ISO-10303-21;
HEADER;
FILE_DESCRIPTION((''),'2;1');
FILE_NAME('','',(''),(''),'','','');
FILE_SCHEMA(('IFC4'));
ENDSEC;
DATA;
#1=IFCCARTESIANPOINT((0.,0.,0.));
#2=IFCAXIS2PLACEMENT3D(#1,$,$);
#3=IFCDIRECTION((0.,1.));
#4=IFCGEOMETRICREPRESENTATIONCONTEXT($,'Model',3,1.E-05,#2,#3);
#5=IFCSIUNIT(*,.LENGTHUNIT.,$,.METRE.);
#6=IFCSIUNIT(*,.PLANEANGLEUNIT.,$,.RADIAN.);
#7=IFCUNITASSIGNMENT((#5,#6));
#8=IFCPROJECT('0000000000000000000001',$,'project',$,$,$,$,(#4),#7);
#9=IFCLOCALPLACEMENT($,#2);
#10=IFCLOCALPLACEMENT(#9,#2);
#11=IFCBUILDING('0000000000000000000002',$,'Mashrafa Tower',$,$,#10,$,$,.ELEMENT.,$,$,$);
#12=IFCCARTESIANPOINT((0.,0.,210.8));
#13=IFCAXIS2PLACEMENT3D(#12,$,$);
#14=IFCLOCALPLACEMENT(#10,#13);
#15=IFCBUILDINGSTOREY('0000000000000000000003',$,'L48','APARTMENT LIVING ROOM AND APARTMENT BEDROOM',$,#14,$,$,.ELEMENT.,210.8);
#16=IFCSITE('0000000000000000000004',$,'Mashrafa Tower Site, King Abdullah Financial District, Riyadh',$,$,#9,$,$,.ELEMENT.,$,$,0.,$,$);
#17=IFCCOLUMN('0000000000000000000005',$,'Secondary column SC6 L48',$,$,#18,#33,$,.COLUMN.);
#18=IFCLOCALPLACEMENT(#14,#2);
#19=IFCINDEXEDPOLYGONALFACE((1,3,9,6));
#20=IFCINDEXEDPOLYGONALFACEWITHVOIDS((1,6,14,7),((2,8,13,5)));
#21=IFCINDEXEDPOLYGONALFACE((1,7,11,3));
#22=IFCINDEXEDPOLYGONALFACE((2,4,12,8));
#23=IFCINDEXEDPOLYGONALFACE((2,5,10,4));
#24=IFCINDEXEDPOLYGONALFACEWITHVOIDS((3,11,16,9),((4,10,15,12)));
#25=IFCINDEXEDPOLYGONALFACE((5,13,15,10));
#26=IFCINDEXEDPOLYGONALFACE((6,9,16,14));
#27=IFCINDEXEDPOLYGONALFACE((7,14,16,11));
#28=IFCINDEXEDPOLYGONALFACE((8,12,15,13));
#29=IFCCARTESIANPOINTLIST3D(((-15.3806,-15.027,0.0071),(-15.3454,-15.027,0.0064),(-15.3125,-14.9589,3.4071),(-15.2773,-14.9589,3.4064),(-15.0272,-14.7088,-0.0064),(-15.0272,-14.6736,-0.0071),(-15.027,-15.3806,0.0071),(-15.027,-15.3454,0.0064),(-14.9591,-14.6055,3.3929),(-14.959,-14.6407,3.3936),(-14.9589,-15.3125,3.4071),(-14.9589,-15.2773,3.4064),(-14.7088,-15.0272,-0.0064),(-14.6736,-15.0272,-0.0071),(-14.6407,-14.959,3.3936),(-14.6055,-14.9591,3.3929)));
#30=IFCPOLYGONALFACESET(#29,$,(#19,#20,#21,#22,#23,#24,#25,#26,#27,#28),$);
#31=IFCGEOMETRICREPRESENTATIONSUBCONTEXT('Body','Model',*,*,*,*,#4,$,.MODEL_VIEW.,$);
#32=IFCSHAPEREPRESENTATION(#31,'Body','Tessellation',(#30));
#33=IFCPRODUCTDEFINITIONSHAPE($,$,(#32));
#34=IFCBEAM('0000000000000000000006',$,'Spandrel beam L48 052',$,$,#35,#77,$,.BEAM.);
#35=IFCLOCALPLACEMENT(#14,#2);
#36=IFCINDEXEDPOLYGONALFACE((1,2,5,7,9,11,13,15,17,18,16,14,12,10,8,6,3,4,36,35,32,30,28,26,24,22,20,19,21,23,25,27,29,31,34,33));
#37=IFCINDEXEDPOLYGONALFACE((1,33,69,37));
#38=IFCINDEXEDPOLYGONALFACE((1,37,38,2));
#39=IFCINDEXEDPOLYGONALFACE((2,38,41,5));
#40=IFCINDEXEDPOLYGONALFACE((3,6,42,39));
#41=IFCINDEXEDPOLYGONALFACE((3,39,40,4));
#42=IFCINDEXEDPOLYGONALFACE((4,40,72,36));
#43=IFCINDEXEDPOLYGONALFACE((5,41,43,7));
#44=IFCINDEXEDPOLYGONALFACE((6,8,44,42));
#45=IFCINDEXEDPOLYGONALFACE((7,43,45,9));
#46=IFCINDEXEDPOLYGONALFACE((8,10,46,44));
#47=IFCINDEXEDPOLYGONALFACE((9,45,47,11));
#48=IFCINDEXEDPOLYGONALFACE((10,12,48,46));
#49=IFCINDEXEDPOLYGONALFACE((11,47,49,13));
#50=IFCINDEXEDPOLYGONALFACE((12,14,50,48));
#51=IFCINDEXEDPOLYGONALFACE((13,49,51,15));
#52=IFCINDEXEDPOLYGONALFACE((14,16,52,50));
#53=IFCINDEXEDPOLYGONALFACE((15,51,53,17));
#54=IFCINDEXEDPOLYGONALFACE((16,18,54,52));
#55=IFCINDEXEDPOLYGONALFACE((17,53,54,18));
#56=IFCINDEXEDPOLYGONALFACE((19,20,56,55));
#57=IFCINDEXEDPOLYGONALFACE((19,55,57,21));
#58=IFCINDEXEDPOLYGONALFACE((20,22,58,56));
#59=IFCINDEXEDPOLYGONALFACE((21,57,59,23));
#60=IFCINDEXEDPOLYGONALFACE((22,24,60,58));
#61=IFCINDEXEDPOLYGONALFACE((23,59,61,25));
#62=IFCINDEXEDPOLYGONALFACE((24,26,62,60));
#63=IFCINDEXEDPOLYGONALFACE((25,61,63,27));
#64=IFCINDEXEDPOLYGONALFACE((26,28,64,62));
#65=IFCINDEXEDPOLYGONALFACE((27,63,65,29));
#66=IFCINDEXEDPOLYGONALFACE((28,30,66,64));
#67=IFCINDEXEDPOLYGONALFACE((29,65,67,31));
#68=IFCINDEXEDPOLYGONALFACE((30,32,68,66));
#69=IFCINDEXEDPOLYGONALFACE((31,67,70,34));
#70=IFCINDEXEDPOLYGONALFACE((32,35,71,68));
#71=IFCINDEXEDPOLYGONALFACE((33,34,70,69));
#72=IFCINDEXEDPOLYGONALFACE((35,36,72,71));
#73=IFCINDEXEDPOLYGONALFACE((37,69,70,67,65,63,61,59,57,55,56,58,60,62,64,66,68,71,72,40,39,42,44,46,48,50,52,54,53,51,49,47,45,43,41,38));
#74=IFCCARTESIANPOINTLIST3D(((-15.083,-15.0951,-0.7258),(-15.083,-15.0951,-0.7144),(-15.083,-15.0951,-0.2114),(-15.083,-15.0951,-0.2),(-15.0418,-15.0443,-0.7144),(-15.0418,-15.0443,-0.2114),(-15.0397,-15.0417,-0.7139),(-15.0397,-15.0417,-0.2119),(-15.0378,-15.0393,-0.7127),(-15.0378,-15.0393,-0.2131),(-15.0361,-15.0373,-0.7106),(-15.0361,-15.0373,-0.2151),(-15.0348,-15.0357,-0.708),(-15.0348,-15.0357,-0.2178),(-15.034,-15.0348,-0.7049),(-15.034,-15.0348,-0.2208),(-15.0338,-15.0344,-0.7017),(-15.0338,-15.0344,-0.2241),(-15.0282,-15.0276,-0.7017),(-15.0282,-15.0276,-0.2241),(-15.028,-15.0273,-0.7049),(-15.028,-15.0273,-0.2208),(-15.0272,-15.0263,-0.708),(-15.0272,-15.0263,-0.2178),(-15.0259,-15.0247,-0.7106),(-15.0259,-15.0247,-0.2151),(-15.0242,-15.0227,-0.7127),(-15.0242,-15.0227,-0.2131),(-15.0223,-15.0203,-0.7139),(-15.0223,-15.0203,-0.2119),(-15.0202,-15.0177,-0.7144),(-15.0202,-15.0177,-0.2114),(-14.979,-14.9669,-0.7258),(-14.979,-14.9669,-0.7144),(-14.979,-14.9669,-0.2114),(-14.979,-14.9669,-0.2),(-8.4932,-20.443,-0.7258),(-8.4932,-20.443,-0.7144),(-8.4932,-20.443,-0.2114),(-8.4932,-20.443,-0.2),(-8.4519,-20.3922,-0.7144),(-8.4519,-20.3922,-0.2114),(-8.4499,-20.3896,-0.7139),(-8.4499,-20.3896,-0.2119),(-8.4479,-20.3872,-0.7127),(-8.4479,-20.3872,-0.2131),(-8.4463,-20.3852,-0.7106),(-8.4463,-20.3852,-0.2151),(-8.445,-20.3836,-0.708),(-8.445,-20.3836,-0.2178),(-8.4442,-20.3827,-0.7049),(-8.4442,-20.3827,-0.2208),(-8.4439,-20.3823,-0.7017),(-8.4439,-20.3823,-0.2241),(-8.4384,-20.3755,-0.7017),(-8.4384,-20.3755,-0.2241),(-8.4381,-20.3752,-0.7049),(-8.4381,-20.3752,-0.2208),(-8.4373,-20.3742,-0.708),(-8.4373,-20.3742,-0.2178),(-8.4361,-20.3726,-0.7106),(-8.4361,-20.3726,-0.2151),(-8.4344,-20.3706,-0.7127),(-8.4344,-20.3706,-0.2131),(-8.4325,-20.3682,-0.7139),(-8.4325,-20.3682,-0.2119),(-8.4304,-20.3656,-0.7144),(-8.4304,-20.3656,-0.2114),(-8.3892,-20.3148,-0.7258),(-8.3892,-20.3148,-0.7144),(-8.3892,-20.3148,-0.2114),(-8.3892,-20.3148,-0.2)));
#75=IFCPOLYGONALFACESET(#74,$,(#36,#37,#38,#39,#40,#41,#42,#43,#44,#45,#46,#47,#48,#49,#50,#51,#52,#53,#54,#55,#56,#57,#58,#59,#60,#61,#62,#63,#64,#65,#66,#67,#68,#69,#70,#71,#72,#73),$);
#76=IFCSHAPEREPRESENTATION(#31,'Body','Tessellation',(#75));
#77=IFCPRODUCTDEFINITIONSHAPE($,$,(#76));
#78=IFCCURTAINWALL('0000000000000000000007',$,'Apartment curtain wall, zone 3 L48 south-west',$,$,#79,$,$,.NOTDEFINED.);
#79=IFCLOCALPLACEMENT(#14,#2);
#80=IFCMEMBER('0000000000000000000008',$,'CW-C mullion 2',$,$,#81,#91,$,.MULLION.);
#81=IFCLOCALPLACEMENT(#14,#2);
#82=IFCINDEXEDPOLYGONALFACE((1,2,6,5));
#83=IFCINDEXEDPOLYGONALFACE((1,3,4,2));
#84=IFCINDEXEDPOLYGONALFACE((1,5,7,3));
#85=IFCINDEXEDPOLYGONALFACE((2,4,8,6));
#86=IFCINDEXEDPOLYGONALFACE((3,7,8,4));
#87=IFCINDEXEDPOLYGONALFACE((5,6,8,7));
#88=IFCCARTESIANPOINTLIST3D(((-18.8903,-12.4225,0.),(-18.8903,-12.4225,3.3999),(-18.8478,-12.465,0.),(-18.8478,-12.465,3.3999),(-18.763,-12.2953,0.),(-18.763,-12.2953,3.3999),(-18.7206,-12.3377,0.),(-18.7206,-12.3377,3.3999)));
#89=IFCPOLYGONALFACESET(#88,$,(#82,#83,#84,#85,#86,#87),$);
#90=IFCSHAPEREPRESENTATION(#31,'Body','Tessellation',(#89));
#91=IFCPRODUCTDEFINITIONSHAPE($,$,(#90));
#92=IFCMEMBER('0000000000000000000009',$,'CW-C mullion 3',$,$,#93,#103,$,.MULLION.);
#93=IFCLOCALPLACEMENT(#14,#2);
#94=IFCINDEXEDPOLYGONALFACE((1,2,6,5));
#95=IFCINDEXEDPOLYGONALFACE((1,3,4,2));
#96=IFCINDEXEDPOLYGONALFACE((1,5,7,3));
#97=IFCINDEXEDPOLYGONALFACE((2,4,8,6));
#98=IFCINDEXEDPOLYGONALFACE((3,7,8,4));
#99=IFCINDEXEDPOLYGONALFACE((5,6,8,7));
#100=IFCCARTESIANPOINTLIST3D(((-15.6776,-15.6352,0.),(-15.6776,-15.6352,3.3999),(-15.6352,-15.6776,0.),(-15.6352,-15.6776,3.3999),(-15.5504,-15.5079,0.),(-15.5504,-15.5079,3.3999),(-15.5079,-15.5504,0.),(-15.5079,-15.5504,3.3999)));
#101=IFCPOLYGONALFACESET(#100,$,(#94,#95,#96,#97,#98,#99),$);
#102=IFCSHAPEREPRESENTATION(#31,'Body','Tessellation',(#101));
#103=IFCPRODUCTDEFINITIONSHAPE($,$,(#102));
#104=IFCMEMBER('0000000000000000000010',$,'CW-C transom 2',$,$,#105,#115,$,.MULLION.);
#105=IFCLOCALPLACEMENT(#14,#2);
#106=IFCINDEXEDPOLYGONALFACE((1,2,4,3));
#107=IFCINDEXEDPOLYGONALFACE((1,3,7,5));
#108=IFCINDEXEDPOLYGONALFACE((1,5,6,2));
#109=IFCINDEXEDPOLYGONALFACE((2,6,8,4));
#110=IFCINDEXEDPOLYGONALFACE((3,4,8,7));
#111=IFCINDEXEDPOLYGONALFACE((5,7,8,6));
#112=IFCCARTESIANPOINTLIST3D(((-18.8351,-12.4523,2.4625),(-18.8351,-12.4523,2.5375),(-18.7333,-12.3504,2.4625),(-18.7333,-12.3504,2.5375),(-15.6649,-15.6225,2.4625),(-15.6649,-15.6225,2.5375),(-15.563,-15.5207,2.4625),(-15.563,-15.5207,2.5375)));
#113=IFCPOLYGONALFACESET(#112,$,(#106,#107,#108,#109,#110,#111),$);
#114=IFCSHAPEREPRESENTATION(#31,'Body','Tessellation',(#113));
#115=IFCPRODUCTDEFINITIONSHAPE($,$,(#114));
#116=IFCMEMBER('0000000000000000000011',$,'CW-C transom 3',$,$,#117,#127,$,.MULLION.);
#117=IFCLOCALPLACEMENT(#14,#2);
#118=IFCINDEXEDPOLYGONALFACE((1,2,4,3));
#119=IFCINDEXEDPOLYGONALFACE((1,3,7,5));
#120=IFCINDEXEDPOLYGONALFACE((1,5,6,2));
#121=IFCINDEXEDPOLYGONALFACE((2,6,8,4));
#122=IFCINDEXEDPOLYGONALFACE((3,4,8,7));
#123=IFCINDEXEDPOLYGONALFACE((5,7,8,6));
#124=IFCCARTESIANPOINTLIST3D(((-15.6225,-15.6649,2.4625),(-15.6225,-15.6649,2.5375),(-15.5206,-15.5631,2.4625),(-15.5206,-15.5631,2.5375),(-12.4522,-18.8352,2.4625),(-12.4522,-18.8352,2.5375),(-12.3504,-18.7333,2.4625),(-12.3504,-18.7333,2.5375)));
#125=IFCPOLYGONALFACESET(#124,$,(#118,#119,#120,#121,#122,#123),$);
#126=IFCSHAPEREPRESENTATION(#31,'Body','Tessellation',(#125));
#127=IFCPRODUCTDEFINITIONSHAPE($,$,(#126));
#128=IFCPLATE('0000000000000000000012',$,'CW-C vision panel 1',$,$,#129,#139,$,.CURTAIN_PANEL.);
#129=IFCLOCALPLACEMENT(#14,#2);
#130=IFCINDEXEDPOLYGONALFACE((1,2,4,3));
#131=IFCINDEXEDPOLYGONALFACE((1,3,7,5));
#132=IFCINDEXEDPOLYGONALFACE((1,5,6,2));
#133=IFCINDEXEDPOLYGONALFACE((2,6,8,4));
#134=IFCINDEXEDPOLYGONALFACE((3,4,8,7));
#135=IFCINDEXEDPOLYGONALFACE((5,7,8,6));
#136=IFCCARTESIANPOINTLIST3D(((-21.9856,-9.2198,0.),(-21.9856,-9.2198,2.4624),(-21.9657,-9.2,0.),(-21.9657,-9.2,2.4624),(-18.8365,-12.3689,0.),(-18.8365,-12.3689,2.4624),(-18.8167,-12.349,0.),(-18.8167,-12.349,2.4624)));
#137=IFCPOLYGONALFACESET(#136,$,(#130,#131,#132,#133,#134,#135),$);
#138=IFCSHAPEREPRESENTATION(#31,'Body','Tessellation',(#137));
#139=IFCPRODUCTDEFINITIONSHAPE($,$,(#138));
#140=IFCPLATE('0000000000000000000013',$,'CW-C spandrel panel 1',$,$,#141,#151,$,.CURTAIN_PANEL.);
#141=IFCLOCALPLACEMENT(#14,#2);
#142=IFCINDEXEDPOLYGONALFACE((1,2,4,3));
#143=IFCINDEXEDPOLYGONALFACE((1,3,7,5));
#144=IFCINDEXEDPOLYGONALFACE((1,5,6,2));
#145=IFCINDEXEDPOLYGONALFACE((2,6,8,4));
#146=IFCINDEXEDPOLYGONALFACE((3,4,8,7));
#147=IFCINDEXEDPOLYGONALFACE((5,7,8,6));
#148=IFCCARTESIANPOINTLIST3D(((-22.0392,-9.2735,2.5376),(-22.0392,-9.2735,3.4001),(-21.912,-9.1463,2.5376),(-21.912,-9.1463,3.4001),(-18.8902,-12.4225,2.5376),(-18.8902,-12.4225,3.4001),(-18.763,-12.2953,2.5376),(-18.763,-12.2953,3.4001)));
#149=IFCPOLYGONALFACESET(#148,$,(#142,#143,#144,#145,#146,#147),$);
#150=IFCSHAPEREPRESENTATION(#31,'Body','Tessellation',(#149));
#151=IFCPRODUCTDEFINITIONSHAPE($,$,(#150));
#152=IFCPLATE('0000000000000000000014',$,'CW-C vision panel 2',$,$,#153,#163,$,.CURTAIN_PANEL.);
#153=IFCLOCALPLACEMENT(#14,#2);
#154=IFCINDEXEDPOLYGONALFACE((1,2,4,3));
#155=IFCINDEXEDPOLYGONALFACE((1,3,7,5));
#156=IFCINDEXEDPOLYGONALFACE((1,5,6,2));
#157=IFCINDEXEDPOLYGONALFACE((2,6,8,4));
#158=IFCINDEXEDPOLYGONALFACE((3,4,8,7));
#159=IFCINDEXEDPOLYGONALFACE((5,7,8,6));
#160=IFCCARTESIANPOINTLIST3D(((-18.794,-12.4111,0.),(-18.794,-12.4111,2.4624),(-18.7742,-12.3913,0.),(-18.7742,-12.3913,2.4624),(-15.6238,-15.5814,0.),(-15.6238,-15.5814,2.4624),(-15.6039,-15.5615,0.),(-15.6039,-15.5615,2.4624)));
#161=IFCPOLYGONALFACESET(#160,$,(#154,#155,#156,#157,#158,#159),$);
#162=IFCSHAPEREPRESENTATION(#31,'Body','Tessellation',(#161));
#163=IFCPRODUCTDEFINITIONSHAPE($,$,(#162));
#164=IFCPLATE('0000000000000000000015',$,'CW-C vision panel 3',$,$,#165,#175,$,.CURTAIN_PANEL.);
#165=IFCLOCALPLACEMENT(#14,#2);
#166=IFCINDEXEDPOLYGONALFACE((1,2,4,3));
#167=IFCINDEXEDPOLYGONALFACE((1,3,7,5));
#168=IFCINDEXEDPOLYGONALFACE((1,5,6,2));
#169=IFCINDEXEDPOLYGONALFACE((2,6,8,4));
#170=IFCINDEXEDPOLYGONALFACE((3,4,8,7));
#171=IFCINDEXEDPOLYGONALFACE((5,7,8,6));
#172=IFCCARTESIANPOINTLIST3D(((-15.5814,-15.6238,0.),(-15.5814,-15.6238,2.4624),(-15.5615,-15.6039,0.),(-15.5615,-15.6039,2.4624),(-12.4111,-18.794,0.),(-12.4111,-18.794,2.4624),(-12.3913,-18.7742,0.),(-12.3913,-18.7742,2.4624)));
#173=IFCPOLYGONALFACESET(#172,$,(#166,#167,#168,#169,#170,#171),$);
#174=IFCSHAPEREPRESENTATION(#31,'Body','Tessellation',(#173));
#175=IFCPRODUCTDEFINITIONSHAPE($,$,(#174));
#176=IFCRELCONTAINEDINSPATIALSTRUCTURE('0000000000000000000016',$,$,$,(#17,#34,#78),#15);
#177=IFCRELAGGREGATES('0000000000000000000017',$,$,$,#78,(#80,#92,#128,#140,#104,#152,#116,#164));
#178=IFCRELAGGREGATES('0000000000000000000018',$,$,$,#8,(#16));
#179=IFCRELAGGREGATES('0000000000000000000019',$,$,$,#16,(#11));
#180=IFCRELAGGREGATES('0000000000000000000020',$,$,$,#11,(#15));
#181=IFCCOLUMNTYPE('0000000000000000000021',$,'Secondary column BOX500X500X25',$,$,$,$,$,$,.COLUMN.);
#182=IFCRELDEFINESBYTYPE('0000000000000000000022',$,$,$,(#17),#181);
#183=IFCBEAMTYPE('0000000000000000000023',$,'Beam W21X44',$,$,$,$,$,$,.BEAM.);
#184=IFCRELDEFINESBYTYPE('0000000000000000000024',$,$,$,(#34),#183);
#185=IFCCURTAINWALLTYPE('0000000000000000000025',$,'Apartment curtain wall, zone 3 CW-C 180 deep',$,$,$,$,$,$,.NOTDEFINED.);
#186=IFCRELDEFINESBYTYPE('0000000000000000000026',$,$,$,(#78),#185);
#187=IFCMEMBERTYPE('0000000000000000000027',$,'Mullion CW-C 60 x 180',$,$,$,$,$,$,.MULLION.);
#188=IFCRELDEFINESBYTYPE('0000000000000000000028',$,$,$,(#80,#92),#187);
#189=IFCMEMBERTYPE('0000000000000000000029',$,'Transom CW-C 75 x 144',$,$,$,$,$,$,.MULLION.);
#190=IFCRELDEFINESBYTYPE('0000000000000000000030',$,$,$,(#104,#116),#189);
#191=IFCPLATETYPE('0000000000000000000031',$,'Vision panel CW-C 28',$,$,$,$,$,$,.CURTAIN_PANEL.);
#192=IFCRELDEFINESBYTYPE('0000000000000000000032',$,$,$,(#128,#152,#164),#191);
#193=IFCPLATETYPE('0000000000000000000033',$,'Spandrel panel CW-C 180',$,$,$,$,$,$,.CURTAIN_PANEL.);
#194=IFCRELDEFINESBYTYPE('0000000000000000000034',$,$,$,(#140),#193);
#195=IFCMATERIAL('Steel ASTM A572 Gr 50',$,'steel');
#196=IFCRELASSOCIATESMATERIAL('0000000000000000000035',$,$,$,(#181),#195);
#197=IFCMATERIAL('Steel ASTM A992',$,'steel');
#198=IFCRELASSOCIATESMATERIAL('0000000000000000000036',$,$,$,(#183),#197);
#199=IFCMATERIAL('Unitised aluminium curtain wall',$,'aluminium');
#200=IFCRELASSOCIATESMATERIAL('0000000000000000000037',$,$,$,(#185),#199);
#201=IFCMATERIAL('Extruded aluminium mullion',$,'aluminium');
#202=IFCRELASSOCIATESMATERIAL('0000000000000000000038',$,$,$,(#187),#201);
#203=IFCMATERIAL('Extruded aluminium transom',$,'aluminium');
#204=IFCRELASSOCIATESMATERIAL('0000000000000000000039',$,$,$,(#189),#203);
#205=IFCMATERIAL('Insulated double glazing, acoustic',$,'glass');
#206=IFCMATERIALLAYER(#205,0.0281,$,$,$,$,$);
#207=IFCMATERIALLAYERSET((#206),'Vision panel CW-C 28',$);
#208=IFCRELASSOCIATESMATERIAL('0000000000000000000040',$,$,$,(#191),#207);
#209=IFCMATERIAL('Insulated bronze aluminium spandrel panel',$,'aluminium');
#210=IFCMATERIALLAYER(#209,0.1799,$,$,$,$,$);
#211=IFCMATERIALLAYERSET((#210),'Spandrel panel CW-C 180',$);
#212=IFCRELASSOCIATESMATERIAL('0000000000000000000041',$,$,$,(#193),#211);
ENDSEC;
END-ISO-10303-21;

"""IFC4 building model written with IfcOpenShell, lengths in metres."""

from ifc_helpers import new_model, si_unit, direction, frame, origin, origin_2d, place, context, subcontext, project, spatial, rectangle, hollow_rectangle, i_section, extrude, source, transform, mapped, material, layer, layer_set, material_profile, profile_set, type_object, type_shapes, element, aggregate, save


model = new_model("IFC4")

# Units and contexts
model_context = context("Model", 3, precision=1e-05, world=origin(), true_north=direction((0.0, 1.0)))
body_context = subcontext(model_context, "Body", "Model", "MODEL_VIEW")
ifc_project = project(units=[si_unit("LENGTHUNIT", "METRE"), si_unit("PLANEANGLEUNIT", "RADIAN")], contexts=[model_context])

# Site, building, storey
site_placement = place(None, origin())
site = spatial("IfcSite", under=ifc_project, at=site_placement, Name="Mashrafa Tower Site, King Abdullah Financial District, Riyadh", CompositionType="ELEMENT", RefElevation=0.0)
building_placement = place(site_placement, origin())
building = spatial("IfcBuilding", under=site, at=building_placement, Name="Mashrafa Tower", CompositionType="ELEMENT")
storey_placement = place(building_placement, frame((0.0, 0.0, 210.8)))
storey = spatial("IfcBuildingStorey", under=building, at=storey_placement, Name="L48", Description="APARTMENT LIVING ROOM AND APARTMENT BEDROOM", CompositionType="ELEMENT", Elevation=210.8)

# Column
ifc_material_1 = material(Name="Steel ASTM A572 Gr 50", Category="steel")
ifc_material_profile_1 = material_profile(ifc_material_1, hollow_rectangle(XDim=0.5, YDim=0.5, WallThickness=0.0249, at=origin_2d()), Name="BOX500X500X25")
ifc_profile_set_1 = profile_set([ifc_material_profile_1], Name="Steel ASTM A572 Gr 50")
column_type = type_object("IfcColumnType", Name="Secondary column BOX500X500X25", PredefinedType="COLUMN", material=ifc_profile_set_1)
column_placement = place(storey_placement, frame((-15.0271, -15.0271, 0.0), z_axis=(0.020026, 0.020026, 0.999599), x_axis=(-0.707107, 0.707107, 0.0)))
element("IfcColumn", 1, at=column_placement, inside=storey, type_object=column_type, Name="Secondary column SC6 L48", PredefinedType="COLUMN", context=body_context, shape_type="SweptSolid", body=[
    extrude(hollow_rectangle(XDim=0.5, YDim=0.5, WallThickness=0.0249, at=origin_2d()), origin(), (0.0, 0.0, 1.0), 3.4014),
])

# Beam
ifc_material_2 = material(Name="Steel ASTM A992", Category="steel")
ifc_material_profile_2 = material_profile(ifc_material_2, i_section(OverallWidth=0.165, OverallDepth=0.5259, WebThickness=0.0088, FlangeThickness=0.0115, FilletRadius=0.0127, at=origin_2d()), Name="W21X44")
ifc_profile_set_2 = profile_set([ifc_material_profile_2], Name="Steel ASTM A992")
beam_type = type_object("IfcBeamType", Name="Beam W21X44", PredefinedType="BEAM", material=ifc_profile_set_2)
beam_placement = place(storey_placement, frame((-15.031, -15.031, -0.4629), z_axis=(0.77648, -0.630142, 0.0), x_axis=(0.630142, 0.77648, 0.0)))
element("IfcBeam", 2, at=beam_placement, inside=storey, type_object=beam_type, Name="Spandrel beam L48 052", PredefinedType="BEAM", context=body_context, shape_type="SweptSolid", body=[
    extrude(i_section(OverallWidth=0.165, OverallDepth=0.5259, WebThickness=0.0088, FlangeThickness=0.0115, FilletRadius=0.0127, at=origin_2d()), origin(), (0.0, 0.0, 1.0), 8.4868),
])

# Curtain wall, members, plates
ifc_material_3 = material(Name="Unitised aluminium curtain wall", Category="aluminium")
curtain_wall_type = type_object("IfcCurtainWallType", Name="Apartment curtain wall, zone 3 CW-C 180 deep", PredefinedType="NOTDEFINED", material=ifc_material_3)
curtain_wall_placement = place(storey_placement, origin())
curtain_wall = element("IfcCurtainWall", 3, at=curtain_wall_placement, inside=storey, type_object=curtain_wall_type, Name="Apartment curtain wall, zone 3 L48 south-west", PredefinedType="NOTDEFINED")
ifc_material_4 = material(Name="Extruded aluminium mullion", Category="aluminium")
ifc_material_profile_3 = material_profile(ifc_material_4, rectangle(XDim=0.1799, YDim=0.0601, at=origin_2d()), Name="Mullion 60x180")
ifc_profile_set_3 = profile_set([ifc_material_profile_3], Name="Extruded aluminium mullion")
member_type_1 = type_object("IfcMemberType", Name="Mullion CW-C 60 x 180", PredefinedType="MULLION", material=ifc_profile_set_3)
shared_shape_1 = source(origin(), body_context, "Body", "SweptSolid", [
    extrude(rectangle(XDim=0.1799, YDim=0.0601, at=origin_2d()), origin(), (0.0, 0.0, 1.0), 3.3999),
])
type_shapes(member_type_1, [shared_shape_1])
member_1_placement = place(storey_placement, frame((-18.8054, -12.3801, 0.0), z_axis=(0.0, 0.0, 1.0), x_axis=(0.707107, 0.707107, 0.0)))
member_1 = element("IfcMember", 4, at=member_1_placement, type_object=member_type_1, Name="CW-C mullion 2", PredefinedType="MULLION", context=body_context, shape_type="MappedRepresentation", body=[
    mapped(shared_shape_1, transform((0.0, 0.0, 0.0))),
])
member_2_placement = place(storey_placement, frame((-15.5928, -15.5928, 0.0), z_axis=(0.0, 0.0, 1.0), x_axis=(0.707107, 0.707107, 0.0)))
member_2 = element("IfcMember", 5, at=member_2_placement, type_object=member_type_1, Name="CW-C mullion 3", PredefinedType="MULLION", context=body_context, shape_type="MappedRepresentation", body=[
    mapped(shared_shape_1, transform((0.0, 0.0, 0.0))),
])
ifc_material_5 = material(Name="Extruded aluminium transom", Category="aluminium")
ifc_material_profile_4 = material_profile(ifc_material_5, rectangle(XDim=0.144, YDim=0.075, at=origin_2d()), Name="Transom 75x144")
ifc_profile_set_4 = profile_set([ifc_material_profile_4], Name="Extruded aluminium transom")
member_type_2 = type_object("IfcMemberType", Name="Transom CW-C 75 x 144", PredefinedType="MULLION", material=ifc_profile_set_4)
shared_shape_2 = source(origin(), body_context, "Body", "SweptSolid", [
    extrude(rectangle(XDim=0.144, YDim=0.075, at=origin_2d()), origin(), (0.0, 0.0, 1.0), 4.4834),
])
type_shapes(member_type_2, [shared_shape_2])
member_3_placement = place(storey_placement, frame((-18.7842, -12.4014, 2.5), z_axis=(0.707107, -0.707107, 0.0), x_axis=(0.707107, 0.707107, 0.0)))
member_3 = element("IfcMember", 6, at=member_3_placement, type_object=member_type_2, Name="CW-C transom 2", PredefinedType="MULLION", context=body_context, shape_type="MappedRepresentation", body=[
    mapped(shared_shape_2, transform((0.0, 0.0, 0.0))),
])
member_4_placement = place(storey_placement, frame((-15.5715, -15.614, 2.5), z_axis=(0.707107, -0.707107, 0.0), x_axis=(0.707107, 0.707107, 0.0)))
member_4 = element("IfcMember", 7, at=member_4_placement, type_object=member_type_2, Name="CW-C transom 3", PredefinedType="MULLION", context=body_context, shape_type="MappedRepresentation", body=[
    mapped(shared_shape_2, transform((0.0, 0.0, 0.0))),
])
ifc_material_6 = material(Name="Insulated double glazing, acoustic", Category="glass")
ifc_layer_1 = layer(ifc_material_6, 0.0281)
ifc_layer_set_1 = layer_set([ifc_layer_1], Name="Vision panel CW-C 28")
plate_type_1 = type_object("IfcPlateType", Name="Vision panel CW-C 28", PredefinedType="CURTAIN_PANEL", material=ifc_layer_set_1)
shared_shape_3 = source(origin(), body_context, "Body", "SweptSolid", [
    extrude(rectangle(XDim=4.4534, YDim=0.0281, at=origin_2d()), origin(), (0.0, 0.0, 1.0), 2.4624),
])
plate_1_placement = place(storey_placement, frame((-20.4011, -10.7844, 0.0), z_axis=(0.0, 0.0, 1.0), x_axis=(0.707107, -0.707107, 0.0)))
plate_1 = element("IfcPlate", 8, at=plate_1_placement, type_object=plate_type_1, Name="CW-C vision panel 1", PredefinedType="CURTAIN_PANEL", context=body_context, shape_type="MappedRepresentation", body=[
    mapped(shared_shape_3, transform((0.0, 0.0, 0.0))),
])
ifc_material_7 = material(Name="Insulated bronze aluminium spandrel panel", Category="aluminium")
ifc_layer_2 = layer(ifc_material_7, 0.1799)
ifc_layer_set_2 = layer_set([ifc_layer_2], Name="Spandrel panel CW-C 180")
plate_type_2 = type_object("IfcPlateType", Name="Spandrel panel CW-C 180", PredefinedType="CURTAIN_PANEL", material=ifc_layer_set_2)
shared_shape_4 = source(origin(), body_context, "Body", "SweptSolid", [
    extrude(rectangle(XDim=4.4534, YDim=0.1799, at=origin_2d()), origin(), (0.0, 0.0, 1.0), 0.8625),
])
plate_2_placement = place(storey_placement, frame((-20.4011, -10.7844, 2.5376), z_axis=(0.0, 0.0, 1.0), x_axis=(0.707107, -0.707107, 0.0)))
plate_2 = element("IfcPlate", 9, at=plate_2_placement, type_object=plate_type_2, Name="CW-C spandrel panel 1", PredefinedType="CURTAIN_PANEL", context=body_context, shape_type="MappedRepresentation", body=[
    mapped(shared_shape_4, transform((0.0, 0.0, 0.0))),
])
shared_shape_5 = source(origin(), body_context, "Body", "SweptSolid", [
    extrude(rectangle(XDim=4.4834, YDim=0.0281, at=origin_2d()), origin(), (0.0, 0.0, 1.0), 2.4624),
])
type_shapes(plate_type_1, [shared_shape_3, shared_shape_5])
plate_3_placement = place(storey_placement, frame((-17.199, -13.9863, 0.0), z_axis=(0.0, 0.0, 1.0), x_axis=(0.707107, -0.707107, 0.0)))
plate_3 = element("IfcPlate", 10, at=plate_3_placement, type_object=plate_type_1, Name="CW-C vision panel 2", PredefinedType="CURTAIN_PANEL", context=body_context, shape_type="MappedRepresentation", body=[
    mapped(shared_shape_5, transform((0.0, 0.0, 0.0))),
])
plate_4_placement = place(storey_placement, frame((-13.9863, -17.199, 0.0), z_axis=(0.0, 0.0, 1.0), x_axis=(0.707107, -0.707107, 0.0)))
plate_4 = element("IfcPlate", 11, at=plate_4_placement, type_object=plate_type_1, Name="CW-C vision panel 3", PredefinedType="CURTAIN_PANEL", context=body_context, shape_type="MappedRepresentation", body=[
    mapped(shared_shape_5, transform((0.0, 0.0, 0.0))),
])
aggregate(curtain_wall, [member_1, member_2, plate_1, plate_2, member_3, plate_3, member_4, plate_4])

save(model, "model.ifc")
